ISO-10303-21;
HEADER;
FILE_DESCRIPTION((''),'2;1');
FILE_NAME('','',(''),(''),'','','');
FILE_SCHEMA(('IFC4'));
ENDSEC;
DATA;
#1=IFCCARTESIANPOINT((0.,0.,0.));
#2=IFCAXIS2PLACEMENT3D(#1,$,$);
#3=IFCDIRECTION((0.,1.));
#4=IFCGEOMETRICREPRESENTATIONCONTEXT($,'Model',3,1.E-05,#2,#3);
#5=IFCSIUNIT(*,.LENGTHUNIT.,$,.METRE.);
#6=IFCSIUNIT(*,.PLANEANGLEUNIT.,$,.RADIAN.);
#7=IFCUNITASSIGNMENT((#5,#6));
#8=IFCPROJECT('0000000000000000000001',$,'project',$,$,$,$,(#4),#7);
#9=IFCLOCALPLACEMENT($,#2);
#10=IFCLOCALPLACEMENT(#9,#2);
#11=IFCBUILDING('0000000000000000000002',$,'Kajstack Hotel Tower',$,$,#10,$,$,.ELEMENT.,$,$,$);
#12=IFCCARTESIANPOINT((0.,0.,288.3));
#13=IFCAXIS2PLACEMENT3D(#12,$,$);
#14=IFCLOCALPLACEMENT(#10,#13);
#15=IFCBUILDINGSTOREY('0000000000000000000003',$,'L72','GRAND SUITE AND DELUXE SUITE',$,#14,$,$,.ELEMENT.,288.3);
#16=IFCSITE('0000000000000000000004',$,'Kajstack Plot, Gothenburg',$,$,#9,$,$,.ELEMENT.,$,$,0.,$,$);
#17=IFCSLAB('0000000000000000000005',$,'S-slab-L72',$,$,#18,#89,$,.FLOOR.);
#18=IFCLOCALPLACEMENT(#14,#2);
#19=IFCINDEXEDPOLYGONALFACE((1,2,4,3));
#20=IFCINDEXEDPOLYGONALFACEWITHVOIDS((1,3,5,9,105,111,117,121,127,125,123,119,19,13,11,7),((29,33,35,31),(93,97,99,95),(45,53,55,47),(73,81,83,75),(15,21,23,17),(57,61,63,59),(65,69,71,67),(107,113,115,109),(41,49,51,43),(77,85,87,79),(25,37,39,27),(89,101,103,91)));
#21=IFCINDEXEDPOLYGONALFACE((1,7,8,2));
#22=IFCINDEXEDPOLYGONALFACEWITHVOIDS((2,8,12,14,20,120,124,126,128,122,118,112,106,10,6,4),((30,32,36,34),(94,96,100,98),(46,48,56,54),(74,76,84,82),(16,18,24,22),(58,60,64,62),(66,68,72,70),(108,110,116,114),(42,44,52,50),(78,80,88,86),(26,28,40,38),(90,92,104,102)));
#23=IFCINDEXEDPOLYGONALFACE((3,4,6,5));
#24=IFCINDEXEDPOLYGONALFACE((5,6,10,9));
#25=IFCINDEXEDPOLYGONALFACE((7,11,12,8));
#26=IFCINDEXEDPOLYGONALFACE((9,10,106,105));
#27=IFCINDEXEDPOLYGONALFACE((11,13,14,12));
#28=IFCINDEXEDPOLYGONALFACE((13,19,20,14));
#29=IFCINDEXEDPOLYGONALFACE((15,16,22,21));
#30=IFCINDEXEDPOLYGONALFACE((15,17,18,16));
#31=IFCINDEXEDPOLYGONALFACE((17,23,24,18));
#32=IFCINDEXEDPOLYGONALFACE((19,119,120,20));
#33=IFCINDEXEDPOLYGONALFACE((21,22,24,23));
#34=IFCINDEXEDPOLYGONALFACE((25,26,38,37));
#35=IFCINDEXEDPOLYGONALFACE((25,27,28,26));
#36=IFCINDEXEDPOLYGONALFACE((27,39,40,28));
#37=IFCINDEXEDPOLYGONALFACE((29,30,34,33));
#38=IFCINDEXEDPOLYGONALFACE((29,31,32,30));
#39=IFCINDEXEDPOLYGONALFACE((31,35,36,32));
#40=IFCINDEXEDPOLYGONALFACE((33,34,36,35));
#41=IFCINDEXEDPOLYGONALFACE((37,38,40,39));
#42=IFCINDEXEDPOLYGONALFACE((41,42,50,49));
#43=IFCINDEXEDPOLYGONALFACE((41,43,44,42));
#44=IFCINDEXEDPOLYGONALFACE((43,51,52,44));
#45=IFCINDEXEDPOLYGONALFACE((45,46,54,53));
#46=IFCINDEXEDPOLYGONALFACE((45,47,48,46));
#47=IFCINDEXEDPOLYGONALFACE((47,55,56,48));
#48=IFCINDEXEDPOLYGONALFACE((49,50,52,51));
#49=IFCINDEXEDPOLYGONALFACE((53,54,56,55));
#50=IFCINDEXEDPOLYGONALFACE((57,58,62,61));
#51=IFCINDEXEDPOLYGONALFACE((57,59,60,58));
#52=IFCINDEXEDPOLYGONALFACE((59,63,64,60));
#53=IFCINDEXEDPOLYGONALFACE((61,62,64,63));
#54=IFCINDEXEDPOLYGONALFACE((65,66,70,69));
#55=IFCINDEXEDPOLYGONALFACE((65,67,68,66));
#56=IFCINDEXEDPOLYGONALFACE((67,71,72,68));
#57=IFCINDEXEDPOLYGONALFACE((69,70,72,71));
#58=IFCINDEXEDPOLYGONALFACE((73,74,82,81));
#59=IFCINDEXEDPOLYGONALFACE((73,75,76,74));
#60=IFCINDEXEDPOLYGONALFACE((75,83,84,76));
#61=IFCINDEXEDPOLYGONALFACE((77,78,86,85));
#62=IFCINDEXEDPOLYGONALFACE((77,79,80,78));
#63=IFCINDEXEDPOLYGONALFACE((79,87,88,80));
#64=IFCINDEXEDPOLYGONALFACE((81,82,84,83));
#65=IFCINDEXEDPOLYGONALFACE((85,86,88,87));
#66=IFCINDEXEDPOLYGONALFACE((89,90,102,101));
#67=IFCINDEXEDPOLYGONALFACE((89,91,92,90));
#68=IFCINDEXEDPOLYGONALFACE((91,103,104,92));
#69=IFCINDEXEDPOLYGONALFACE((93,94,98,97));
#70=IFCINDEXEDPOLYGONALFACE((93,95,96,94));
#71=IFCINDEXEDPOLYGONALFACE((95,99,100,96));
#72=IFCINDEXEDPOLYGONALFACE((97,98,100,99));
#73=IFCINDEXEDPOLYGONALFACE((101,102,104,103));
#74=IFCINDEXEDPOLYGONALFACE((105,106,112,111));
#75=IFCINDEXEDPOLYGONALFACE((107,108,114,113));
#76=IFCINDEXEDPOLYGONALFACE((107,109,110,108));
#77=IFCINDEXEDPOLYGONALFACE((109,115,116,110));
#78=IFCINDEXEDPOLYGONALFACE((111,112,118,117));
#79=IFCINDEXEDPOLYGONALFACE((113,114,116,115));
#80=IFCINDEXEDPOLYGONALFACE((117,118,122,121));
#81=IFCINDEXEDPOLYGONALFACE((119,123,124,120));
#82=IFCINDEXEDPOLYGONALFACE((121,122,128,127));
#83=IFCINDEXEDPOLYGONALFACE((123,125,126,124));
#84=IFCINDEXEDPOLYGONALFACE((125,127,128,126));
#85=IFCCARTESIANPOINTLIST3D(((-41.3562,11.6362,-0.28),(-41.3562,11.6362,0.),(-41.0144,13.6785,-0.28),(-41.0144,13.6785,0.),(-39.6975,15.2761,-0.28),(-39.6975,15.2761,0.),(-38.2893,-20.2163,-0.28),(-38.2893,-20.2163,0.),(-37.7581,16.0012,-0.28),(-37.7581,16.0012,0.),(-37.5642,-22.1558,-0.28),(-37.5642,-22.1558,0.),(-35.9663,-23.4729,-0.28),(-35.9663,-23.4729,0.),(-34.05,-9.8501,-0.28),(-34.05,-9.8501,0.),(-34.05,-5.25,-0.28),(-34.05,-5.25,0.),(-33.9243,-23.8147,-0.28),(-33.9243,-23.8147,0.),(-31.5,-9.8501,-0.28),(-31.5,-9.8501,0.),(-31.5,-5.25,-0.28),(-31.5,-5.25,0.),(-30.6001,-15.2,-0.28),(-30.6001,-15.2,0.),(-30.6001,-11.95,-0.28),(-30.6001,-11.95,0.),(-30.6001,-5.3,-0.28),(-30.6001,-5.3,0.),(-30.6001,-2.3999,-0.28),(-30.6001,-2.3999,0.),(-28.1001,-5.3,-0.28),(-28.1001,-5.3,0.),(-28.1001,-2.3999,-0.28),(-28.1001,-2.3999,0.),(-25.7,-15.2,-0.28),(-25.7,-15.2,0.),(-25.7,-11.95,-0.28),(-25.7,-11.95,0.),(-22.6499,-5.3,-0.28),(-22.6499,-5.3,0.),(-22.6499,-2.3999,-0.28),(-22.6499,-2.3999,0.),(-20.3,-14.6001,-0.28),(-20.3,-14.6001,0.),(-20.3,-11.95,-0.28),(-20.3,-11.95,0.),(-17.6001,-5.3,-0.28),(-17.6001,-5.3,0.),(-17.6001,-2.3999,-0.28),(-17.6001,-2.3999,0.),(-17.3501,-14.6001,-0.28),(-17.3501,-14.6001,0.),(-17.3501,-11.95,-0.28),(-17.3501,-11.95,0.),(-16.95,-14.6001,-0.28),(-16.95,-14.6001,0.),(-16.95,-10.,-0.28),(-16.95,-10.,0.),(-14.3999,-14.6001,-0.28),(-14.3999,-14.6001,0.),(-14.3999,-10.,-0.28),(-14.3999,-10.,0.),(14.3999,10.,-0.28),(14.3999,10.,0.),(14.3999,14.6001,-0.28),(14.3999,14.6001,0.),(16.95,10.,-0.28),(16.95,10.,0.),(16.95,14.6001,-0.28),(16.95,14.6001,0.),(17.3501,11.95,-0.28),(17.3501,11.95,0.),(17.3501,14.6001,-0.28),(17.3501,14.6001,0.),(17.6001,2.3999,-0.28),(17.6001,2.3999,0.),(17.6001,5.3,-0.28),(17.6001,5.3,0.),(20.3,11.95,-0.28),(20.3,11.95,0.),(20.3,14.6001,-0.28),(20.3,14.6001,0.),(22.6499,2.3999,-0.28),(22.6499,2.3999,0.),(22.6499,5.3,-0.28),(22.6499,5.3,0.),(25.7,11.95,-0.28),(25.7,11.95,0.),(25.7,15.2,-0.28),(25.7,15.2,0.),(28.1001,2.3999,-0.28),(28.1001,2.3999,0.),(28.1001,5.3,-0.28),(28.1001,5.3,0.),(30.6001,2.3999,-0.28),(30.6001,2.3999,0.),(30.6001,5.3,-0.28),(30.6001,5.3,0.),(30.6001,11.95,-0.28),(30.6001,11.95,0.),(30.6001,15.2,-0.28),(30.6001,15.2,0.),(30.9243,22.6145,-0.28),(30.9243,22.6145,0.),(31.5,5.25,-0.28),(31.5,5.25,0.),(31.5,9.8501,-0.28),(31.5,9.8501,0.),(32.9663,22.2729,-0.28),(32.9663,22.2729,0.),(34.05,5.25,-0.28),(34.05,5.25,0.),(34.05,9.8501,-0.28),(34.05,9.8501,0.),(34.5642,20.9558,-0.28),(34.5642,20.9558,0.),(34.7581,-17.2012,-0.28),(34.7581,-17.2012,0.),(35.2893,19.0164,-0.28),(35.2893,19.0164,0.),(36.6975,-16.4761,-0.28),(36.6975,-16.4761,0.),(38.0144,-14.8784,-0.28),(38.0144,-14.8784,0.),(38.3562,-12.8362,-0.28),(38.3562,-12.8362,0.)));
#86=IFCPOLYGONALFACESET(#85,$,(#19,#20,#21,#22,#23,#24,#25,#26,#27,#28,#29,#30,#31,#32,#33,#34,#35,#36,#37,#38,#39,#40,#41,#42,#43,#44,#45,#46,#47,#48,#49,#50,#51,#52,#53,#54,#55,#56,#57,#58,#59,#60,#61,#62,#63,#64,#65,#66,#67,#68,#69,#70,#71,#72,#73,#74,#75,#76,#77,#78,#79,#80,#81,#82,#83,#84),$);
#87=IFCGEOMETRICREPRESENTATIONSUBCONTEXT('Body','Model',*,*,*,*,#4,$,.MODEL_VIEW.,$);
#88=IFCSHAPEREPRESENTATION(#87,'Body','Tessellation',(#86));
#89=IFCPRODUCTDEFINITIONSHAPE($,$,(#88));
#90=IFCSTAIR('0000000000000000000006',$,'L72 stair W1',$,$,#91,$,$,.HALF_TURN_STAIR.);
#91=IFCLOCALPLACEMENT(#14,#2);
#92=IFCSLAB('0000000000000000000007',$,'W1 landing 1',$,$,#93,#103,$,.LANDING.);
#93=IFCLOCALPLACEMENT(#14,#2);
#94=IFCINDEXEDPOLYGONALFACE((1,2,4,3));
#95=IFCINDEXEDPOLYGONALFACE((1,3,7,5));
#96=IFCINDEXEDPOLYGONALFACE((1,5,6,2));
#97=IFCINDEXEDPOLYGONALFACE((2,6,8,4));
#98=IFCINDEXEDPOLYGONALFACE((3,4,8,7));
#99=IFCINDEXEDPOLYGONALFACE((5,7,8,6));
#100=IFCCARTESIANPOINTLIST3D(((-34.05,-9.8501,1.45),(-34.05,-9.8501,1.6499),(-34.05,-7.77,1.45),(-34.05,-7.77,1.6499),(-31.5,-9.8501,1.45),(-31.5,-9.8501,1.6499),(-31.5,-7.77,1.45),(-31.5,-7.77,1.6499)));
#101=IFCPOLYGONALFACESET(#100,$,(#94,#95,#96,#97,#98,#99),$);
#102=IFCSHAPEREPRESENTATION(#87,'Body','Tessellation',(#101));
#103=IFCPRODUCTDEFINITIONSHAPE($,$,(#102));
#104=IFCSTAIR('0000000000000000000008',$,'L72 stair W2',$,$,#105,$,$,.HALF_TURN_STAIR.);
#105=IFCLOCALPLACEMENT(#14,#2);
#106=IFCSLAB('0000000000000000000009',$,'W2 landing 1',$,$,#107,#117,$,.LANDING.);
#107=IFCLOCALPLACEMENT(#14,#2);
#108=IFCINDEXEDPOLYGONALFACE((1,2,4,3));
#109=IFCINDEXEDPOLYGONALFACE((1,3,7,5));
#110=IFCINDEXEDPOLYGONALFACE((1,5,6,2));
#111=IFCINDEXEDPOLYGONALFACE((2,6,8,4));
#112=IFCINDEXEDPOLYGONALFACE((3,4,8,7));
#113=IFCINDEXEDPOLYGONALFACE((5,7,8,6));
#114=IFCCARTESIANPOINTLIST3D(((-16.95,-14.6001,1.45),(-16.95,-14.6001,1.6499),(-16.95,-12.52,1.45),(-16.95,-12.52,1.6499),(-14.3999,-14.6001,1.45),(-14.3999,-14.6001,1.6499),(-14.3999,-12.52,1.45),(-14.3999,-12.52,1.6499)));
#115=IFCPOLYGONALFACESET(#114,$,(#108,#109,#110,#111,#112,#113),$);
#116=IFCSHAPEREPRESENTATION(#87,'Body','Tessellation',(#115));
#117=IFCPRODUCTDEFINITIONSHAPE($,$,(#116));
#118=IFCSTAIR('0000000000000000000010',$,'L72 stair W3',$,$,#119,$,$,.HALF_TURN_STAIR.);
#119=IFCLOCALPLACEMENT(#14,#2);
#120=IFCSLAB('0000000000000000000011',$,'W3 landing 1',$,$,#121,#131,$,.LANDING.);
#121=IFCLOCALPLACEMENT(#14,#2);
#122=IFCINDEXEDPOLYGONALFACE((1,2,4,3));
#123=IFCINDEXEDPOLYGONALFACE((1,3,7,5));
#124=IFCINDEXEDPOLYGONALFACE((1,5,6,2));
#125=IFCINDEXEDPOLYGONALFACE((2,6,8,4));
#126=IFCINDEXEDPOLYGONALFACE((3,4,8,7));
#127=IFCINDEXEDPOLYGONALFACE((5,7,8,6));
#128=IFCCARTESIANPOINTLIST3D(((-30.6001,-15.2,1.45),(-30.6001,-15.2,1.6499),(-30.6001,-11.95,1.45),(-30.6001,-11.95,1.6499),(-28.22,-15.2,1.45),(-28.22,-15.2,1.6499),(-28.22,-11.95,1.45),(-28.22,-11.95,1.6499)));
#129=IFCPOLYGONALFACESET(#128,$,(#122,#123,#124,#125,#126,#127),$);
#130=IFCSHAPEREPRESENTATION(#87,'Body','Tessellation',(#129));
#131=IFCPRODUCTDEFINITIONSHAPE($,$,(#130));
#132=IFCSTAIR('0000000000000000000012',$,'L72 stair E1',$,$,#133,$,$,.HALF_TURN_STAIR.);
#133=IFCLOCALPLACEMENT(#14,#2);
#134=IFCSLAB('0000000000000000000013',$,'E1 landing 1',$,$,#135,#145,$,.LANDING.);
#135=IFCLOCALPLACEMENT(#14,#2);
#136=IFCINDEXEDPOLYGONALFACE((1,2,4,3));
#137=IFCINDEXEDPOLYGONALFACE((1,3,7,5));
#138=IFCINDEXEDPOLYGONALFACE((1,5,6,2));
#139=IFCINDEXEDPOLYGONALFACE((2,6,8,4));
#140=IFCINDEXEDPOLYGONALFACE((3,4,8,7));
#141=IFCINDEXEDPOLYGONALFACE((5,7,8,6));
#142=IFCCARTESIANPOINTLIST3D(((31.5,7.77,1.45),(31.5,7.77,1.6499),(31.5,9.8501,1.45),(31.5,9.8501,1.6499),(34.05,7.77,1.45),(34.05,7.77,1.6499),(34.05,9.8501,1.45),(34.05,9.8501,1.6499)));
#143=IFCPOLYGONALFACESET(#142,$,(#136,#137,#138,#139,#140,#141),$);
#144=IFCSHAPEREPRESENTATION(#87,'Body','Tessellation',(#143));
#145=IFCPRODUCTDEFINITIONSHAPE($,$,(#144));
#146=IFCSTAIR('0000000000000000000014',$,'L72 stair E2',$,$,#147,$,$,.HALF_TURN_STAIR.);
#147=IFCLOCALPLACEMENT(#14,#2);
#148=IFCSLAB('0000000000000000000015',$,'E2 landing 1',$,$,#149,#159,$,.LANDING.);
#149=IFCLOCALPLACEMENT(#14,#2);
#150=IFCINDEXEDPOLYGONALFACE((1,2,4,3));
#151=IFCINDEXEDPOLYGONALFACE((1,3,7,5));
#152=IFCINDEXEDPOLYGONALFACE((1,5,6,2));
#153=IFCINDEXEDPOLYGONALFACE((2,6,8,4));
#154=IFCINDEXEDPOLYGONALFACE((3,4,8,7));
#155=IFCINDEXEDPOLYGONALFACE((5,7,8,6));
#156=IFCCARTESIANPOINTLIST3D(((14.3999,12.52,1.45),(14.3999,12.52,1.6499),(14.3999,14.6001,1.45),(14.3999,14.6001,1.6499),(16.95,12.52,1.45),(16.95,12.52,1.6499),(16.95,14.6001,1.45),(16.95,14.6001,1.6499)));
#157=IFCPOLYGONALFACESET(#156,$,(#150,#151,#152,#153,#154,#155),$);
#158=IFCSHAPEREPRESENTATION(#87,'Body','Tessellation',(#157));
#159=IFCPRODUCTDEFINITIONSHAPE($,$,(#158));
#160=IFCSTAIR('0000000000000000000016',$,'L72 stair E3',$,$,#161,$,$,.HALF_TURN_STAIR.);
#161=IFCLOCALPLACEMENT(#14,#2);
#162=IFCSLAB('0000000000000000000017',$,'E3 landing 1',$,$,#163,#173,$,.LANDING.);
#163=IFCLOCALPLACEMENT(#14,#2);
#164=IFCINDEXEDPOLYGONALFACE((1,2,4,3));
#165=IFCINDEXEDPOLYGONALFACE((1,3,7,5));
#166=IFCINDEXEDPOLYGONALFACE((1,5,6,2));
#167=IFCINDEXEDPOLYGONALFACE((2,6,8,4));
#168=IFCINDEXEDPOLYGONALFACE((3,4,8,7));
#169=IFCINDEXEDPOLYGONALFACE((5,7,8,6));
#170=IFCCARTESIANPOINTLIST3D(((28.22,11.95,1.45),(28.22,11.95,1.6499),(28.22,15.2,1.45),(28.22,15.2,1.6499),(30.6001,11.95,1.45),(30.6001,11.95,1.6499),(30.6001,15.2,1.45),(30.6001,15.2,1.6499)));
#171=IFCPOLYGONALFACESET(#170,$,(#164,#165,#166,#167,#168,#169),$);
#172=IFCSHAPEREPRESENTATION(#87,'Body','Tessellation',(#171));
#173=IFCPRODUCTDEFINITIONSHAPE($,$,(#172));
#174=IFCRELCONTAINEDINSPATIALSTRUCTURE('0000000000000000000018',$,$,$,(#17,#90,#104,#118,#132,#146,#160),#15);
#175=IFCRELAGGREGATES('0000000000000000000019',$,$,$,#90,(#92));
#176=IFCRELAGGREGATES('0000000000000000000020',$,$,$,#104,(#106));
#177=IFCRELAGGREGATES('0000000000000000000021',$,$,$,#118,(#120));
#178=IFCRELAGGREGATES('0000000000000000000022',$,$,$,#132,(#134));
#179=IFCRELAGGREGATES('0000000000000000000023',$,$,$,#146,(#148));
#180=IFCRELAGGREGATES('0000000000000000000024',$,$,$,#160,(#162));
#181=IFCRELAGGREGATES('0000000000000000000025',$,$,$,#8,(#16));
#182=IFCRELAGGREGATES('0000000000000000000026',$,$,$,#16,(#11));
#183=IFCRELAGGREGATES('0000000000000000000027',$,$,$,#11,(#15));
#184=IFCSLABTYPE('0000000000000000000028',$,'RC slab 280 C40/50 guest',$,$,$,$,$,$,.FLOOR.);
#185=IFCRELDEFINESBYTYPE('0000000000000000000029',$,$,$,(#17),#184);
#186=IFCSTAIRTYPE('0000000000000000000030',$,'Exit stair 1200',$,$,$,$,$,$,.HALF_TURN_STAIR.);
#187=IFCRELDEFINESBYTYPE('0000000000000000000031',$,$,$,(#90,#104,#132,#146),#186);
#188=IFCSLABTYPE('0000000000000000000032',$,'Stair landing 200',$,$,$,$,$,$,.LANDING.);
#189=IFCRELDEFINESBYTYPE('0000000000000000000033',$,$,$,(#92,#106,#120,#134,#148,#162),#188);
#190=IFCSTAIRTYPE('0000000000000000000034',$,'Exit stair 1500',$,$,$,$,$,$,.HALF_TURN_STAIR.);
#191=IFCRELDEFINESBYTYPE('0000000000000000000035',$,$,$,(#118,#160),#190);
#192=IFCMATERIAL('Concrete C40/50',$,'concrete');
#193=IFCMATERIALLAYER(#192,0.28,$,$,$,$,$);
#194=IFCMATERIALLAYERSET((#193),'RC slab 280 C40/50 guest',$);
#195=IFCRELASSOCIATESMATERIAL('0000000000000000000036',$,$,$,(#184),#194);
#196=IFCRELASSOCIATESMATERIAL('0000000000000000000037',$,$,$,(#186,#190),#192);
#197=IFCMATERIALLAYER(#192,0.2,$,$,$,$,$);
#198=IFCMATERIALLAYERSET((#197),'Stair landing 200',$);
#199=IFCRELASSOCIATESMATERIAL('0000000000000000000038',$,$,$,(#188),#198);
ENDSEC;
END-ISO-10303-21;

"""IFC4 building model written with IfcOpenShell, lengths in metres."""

from ifc_helpers import new_model, si_unit, direction, frame, origin, place, context, subcontext, project, spatial, polyline, outline, extrude, material, layer, layer_set, type_object, element, aggregate, save


model = new_model("IFC4")

# Units and contexts
model_context = context("Model", 3, precision=1e-05, world=origin(), true_north=direction((0.0, 1.0)))
body_context = subcontext(model_context, "Body", "Model", "MODEL_VIEW")
ifc_project = project(units=[si_unit("LENGTHUNIT", "METRE"), si_unit("PLANEANGLEUNIT", "RADIAN")], contexts=[model_context])

# Site, building, storey
site_placement = place(None, origin())
site = spatial("IfcSite", under=ifc_project, at=site_placement, Name="Kajstack Plot, Gothenburg", CompositionType="ELEMENT", RefElevation=0.0)
building_placement = place(site_placement, origin())
building = spatial("IfcBuilding", under=site, at=building_placement, Name="Kajstack Hotel Tower", CompositionType="ELEMENT")
storey_placement = place(building_placement, frame((0.0, 0.0, 288.3)))
storey = spatial("IfcBuildingStorey", under=building, at=storey_placement, Name="L72", Description="GRAND SUITE AND DELUXE SUITE", CompositionType="ELEMENT", Elevation=288.3)

# Slab
ifc_material_1 = material(Name="Concrete C40/50", Category="concrete")
ifc_layer_1 = layer(ifc_material_1, 0.28)
ifc_layer_set_1 = layer_set([ifc_layer_1], Name="RC slab 280 C40/50 guest")
slab_type_1 = type_object("IfcSlabType", Name="RC slab 280 C40/50 guest", PredefinedType="FLOOR", material=ifc_layer_set_1)
slab_1_placement = place(storey_placement, frame((0.0, 0.0, -0.28)))
element("IfcSlab", 1, at=slab_1_placement, inside=storey, type_object=slab_type_1, Name="S-slab-L72", PredefinedType="FLOOR", context=body_context, shape_type="SweptSolid", body=[
    extrude(outline(polyline([(-41.3562, 11.6362), (-38.2893, -20.2163), (-37.5642, -22.1558), (-35.9663, -23.4729), (-33.9243, -23.8147), (34.7581, -17.2012), (36.6975, -16.4761), (38.0144, -14.8784), (38.3562, -12.8362), (35.2893, 19.0164), (34.5642, 20.9558), (32.9663, 22.2729), (30.9243, 22.6145), (-37.7581, 16.0012), (-39.6975, 15.2761), (-41.0144, 13.6785), (-41.3562, 11.6362)]), holes=[polyline([(-22.6499, -5.3), (-22.6499, -2.3999), (-17.6001, -2.3999), (-17.6001, -5.3), (-22.6499, -5.3)]), polyline([(-20.3, -14.6001), (-17.3501, -14.6001), (-17.3501, -11.95), (-20.3, -11.95), (-20.3, -14.6001)]), polyline([(-30.6001, -5.3), (-28.1001, -5.3), (-28.1001, -2.3999), (-30.6001, -2.3999), (-30.6001, -5.3)]), polyline([(17.6001, 2.3999), (17.6001, 5.3), (22.6499, 5.3), (22.6499, 2.3999), (17.6001, 2.3999)]), polyline([(20.3, 14.6001), (17.3501, 14.6001), (17.3501, 11.95), (20.3, 11.95), (20.3, 14.6001)]), polyline([(30.6001, 5.3), (28.1001, 5.3), (28.1001, 2.3999), (30.6001, 2.3999), (30.6001, 5.3)]), polyline([(-34.05, -9.8501), (-31.5, -9.8501), (-31.5, -5.25), (-34.05, -5.25), (-34.05, -9.8501)]), polyline([(-16.95, -14.6001), (-14.3999, -14.6001), (-14.3999, -10.0), (-16.95, -10.0), (-16.95, -14.6001)]), polyline([(-30.6001, -15.2), (-25.7, -15.2), (-25.7, -11.95), (-30.6001, -11.95), (-30.6001, -15.2)]), polyline([(34.05, 9.8501), (31.5, 9.8501), (31.5, 5.25), (34.05, 5.25), (34.05, 9.8501)]), polyline([(16.95, 14.6001), (14.3999, 14.6001), (14.3999, 10.0), (16.95, 10.0), (16.95, 14.6001)]), polyline([(30.6001, 15.2), (25.7, 15.2), (25.7, 11.95), (30.6001, 11.95), (30.6001, 15.2)])]), origin(), (0.0, 0.0, 1.0), 0.28),
])

# Stairs, slabs
stair_type_1 = type_object("IfcStairType", Name="Exit stair 1200", PredefinedType="HALF_TURN_STAIR", material=ifc_material_1)
stair_1_placement = place(storey_placement, origin())
stair_1 = element("IfcStair", 2, at=stair_1_placement, inside=storey, type_object=stair_type_1, Name="L72 stair W1", PredefinedType="HALF_TURN_STAIR")
ifc_layer_2 = layer(ifc_material_1, 0.2)
ifc_layer_set_2 = layer_set([ifc_layer_2], Name="Stair landing 200")
slab_type_2 = type_object("IfcSlabType", Name="Stair landing 200", PredefinedType="LANDING", material=ifc_layer_set_2)
slab_2_placement = place(storey_placement, frame((0.0, 0.0, 1.45)))
slab_2 = element("IfcSlab", 3, at=slab_2_placement, type_object=slab_type_2, Name="W1 landing 1", PredefinedType="LANDING", context=body_context, shape_type="SweptSolid", body=[
    extrude(outline(polyline([(-34.05, -7.77), (-34.05, -9.8501), (-31.5, -9.8501), (-31.5, -7.77), (-34.05, -7.77)])), origin(), (0.0, 0.0, 1.0), 0.2),
])
aggregate(stair_1, [slab_2])
stair_2_placement = place(storey_placement, origin())
stair_2 = element("IfcStair", 4, at=stair_2_placement, inside=storey, type_object=stair_type_1, Name="L72 stair W2", PredefinedType="HALF_TURN_STAIR")
slab_3_placement = place(storey_placement, frame((0.0, 0.0, 1.45)))
slab_3 = element("IfcSlab", 5, at=slab_3_placement, type_object=slab_type_2, Name="W2 landing 1", PredefinedType="LANDING", context=body_context, shape_type="SweptSolid", body=[
    extrude(outline(polyline([(-16.95, -12.52), (-16.95, -14.6001), (-14.3999, -14.6001), (-14.3999, -12.52), (-16.95, -12.52)])), origin(), (0.0, 0.0, 1.0), 0.2),
])
aggregate(stair_2, [slab_3])
stair_type_2 = type_object("IfcStairType", Name="Exit stair 1500", PredefinedType="HALF_TURN_STAIR", material=ifc_material_1)
stair_3_placement = place(storey_placement, origin())
stair_3 = element("IfcStair", 6, at=stair_3_placement, inside=storey, type_object=stair_type_2, Name="L72 stair W3", PredefinedType="HALF_TURN_STAIR")
slab_4_placement = place(storey_placement, frame((0.0, 0.0, 1.45)))
slab_4 = element("IfcSlab", 7, at=slab_4_placement, type_object=slab_type_2, Name="W3 landing 1", PredefinedType="LANDING", context=body_context, shape_type="SweptSolid", body=[
    extrude(outline(polyline([(-28.22, -11.95), (-30.6001, -11.95), (-30.6001, -15.2), (-28.22, -15.2), (-28.22, -11.95)])), origin(), (0.0, 0.0, 1.0), 0.2),
])
aggregate(stair_3, [slab_4])
stair_4_placement = place(storey_placement, origin())
stair_4 = element("IfcStair", 8, at=stair_4_placement, inside=storey, type_object=stair_type_1, Name="L72 stair E1", PredefinedType="HALF_TURN_STAIR")
slab_5_placement = place(storey_placement, frame((0.0, 0.0, 1.45)))
slab_5 = element("IfcSlab", 9, at=slab_5_placement, type_object=slab_type_2, Name="E1 landing 1", PredefinedType="LANDING", context=body_context, shape_type="SweptSolid", body=[
    extrude(outline(polyline([(34.05, 7.77), (34.05, 9.8501), (31.5, 9.8501), (31.5, 7.77), (34.05, 7.77)])), origin(), (0.0, 0.0, 1.0), 0.2),
])
aggregate(stair_4, [slab_5])
stair_5_placement = place(storey_placement, origin())
stair_5 = element("IfcStair", 10, at=stair_5_placement, inside=storey, type_object=stair_type_1, Name="L72 stair E2", PredefinedType="HALF_TURN_STAIR")
slab_6_placement = place(storey_placement, frame((0.0, 0.0, 1.45)))
slab_6 = element("IfcSlab", 11, at=slab_6_placement, type_object=slab_type_2, Name="E2 landing 1", PredefinedType="LANDING", context=body_context, shape_type="SweptSolid", body=[
    extrude(outline(polyline([(16.95, 12.52), (16.95, 14.6001), (14.3999, 14.6001), (14.3999, 12.52), (16.95, 12.52)])), origin(), (0.0, 0.0, 1.0), 0.2),
])
aggregate(stair_5, [slab_6])
stair_6_placement = place(storey_placement, origin())
stair_6 = element("IfcStair", 12, at=stair_6_placement, inside=storey, type_object=stair_type_2, Name="L72 stair E3", PredefinedType="HALF_TURN_STAIR")
slab_7_placement = place(storey_placement, frame((0.0, 0.0, 1.45)))
slab_7 = element("IfcSlab", 13, at=slab_7_placement, type_object=slab_type_2, Name="E3 landing 1", PredefinedType="LANDING", context=body_context, shape_type="SweptSolid", body=[
    extrude(outline(polyline([(28.22, 11.95), (30.6001, 11.95), (30.6001, 15.2), (28.22, 15.2), (28.22, 11.95)])), origin(), (0.0, 0.0, 1.0), 0.2),
])
aggregate(stair_6, [slab_7])

save(model, "model.ifc")
